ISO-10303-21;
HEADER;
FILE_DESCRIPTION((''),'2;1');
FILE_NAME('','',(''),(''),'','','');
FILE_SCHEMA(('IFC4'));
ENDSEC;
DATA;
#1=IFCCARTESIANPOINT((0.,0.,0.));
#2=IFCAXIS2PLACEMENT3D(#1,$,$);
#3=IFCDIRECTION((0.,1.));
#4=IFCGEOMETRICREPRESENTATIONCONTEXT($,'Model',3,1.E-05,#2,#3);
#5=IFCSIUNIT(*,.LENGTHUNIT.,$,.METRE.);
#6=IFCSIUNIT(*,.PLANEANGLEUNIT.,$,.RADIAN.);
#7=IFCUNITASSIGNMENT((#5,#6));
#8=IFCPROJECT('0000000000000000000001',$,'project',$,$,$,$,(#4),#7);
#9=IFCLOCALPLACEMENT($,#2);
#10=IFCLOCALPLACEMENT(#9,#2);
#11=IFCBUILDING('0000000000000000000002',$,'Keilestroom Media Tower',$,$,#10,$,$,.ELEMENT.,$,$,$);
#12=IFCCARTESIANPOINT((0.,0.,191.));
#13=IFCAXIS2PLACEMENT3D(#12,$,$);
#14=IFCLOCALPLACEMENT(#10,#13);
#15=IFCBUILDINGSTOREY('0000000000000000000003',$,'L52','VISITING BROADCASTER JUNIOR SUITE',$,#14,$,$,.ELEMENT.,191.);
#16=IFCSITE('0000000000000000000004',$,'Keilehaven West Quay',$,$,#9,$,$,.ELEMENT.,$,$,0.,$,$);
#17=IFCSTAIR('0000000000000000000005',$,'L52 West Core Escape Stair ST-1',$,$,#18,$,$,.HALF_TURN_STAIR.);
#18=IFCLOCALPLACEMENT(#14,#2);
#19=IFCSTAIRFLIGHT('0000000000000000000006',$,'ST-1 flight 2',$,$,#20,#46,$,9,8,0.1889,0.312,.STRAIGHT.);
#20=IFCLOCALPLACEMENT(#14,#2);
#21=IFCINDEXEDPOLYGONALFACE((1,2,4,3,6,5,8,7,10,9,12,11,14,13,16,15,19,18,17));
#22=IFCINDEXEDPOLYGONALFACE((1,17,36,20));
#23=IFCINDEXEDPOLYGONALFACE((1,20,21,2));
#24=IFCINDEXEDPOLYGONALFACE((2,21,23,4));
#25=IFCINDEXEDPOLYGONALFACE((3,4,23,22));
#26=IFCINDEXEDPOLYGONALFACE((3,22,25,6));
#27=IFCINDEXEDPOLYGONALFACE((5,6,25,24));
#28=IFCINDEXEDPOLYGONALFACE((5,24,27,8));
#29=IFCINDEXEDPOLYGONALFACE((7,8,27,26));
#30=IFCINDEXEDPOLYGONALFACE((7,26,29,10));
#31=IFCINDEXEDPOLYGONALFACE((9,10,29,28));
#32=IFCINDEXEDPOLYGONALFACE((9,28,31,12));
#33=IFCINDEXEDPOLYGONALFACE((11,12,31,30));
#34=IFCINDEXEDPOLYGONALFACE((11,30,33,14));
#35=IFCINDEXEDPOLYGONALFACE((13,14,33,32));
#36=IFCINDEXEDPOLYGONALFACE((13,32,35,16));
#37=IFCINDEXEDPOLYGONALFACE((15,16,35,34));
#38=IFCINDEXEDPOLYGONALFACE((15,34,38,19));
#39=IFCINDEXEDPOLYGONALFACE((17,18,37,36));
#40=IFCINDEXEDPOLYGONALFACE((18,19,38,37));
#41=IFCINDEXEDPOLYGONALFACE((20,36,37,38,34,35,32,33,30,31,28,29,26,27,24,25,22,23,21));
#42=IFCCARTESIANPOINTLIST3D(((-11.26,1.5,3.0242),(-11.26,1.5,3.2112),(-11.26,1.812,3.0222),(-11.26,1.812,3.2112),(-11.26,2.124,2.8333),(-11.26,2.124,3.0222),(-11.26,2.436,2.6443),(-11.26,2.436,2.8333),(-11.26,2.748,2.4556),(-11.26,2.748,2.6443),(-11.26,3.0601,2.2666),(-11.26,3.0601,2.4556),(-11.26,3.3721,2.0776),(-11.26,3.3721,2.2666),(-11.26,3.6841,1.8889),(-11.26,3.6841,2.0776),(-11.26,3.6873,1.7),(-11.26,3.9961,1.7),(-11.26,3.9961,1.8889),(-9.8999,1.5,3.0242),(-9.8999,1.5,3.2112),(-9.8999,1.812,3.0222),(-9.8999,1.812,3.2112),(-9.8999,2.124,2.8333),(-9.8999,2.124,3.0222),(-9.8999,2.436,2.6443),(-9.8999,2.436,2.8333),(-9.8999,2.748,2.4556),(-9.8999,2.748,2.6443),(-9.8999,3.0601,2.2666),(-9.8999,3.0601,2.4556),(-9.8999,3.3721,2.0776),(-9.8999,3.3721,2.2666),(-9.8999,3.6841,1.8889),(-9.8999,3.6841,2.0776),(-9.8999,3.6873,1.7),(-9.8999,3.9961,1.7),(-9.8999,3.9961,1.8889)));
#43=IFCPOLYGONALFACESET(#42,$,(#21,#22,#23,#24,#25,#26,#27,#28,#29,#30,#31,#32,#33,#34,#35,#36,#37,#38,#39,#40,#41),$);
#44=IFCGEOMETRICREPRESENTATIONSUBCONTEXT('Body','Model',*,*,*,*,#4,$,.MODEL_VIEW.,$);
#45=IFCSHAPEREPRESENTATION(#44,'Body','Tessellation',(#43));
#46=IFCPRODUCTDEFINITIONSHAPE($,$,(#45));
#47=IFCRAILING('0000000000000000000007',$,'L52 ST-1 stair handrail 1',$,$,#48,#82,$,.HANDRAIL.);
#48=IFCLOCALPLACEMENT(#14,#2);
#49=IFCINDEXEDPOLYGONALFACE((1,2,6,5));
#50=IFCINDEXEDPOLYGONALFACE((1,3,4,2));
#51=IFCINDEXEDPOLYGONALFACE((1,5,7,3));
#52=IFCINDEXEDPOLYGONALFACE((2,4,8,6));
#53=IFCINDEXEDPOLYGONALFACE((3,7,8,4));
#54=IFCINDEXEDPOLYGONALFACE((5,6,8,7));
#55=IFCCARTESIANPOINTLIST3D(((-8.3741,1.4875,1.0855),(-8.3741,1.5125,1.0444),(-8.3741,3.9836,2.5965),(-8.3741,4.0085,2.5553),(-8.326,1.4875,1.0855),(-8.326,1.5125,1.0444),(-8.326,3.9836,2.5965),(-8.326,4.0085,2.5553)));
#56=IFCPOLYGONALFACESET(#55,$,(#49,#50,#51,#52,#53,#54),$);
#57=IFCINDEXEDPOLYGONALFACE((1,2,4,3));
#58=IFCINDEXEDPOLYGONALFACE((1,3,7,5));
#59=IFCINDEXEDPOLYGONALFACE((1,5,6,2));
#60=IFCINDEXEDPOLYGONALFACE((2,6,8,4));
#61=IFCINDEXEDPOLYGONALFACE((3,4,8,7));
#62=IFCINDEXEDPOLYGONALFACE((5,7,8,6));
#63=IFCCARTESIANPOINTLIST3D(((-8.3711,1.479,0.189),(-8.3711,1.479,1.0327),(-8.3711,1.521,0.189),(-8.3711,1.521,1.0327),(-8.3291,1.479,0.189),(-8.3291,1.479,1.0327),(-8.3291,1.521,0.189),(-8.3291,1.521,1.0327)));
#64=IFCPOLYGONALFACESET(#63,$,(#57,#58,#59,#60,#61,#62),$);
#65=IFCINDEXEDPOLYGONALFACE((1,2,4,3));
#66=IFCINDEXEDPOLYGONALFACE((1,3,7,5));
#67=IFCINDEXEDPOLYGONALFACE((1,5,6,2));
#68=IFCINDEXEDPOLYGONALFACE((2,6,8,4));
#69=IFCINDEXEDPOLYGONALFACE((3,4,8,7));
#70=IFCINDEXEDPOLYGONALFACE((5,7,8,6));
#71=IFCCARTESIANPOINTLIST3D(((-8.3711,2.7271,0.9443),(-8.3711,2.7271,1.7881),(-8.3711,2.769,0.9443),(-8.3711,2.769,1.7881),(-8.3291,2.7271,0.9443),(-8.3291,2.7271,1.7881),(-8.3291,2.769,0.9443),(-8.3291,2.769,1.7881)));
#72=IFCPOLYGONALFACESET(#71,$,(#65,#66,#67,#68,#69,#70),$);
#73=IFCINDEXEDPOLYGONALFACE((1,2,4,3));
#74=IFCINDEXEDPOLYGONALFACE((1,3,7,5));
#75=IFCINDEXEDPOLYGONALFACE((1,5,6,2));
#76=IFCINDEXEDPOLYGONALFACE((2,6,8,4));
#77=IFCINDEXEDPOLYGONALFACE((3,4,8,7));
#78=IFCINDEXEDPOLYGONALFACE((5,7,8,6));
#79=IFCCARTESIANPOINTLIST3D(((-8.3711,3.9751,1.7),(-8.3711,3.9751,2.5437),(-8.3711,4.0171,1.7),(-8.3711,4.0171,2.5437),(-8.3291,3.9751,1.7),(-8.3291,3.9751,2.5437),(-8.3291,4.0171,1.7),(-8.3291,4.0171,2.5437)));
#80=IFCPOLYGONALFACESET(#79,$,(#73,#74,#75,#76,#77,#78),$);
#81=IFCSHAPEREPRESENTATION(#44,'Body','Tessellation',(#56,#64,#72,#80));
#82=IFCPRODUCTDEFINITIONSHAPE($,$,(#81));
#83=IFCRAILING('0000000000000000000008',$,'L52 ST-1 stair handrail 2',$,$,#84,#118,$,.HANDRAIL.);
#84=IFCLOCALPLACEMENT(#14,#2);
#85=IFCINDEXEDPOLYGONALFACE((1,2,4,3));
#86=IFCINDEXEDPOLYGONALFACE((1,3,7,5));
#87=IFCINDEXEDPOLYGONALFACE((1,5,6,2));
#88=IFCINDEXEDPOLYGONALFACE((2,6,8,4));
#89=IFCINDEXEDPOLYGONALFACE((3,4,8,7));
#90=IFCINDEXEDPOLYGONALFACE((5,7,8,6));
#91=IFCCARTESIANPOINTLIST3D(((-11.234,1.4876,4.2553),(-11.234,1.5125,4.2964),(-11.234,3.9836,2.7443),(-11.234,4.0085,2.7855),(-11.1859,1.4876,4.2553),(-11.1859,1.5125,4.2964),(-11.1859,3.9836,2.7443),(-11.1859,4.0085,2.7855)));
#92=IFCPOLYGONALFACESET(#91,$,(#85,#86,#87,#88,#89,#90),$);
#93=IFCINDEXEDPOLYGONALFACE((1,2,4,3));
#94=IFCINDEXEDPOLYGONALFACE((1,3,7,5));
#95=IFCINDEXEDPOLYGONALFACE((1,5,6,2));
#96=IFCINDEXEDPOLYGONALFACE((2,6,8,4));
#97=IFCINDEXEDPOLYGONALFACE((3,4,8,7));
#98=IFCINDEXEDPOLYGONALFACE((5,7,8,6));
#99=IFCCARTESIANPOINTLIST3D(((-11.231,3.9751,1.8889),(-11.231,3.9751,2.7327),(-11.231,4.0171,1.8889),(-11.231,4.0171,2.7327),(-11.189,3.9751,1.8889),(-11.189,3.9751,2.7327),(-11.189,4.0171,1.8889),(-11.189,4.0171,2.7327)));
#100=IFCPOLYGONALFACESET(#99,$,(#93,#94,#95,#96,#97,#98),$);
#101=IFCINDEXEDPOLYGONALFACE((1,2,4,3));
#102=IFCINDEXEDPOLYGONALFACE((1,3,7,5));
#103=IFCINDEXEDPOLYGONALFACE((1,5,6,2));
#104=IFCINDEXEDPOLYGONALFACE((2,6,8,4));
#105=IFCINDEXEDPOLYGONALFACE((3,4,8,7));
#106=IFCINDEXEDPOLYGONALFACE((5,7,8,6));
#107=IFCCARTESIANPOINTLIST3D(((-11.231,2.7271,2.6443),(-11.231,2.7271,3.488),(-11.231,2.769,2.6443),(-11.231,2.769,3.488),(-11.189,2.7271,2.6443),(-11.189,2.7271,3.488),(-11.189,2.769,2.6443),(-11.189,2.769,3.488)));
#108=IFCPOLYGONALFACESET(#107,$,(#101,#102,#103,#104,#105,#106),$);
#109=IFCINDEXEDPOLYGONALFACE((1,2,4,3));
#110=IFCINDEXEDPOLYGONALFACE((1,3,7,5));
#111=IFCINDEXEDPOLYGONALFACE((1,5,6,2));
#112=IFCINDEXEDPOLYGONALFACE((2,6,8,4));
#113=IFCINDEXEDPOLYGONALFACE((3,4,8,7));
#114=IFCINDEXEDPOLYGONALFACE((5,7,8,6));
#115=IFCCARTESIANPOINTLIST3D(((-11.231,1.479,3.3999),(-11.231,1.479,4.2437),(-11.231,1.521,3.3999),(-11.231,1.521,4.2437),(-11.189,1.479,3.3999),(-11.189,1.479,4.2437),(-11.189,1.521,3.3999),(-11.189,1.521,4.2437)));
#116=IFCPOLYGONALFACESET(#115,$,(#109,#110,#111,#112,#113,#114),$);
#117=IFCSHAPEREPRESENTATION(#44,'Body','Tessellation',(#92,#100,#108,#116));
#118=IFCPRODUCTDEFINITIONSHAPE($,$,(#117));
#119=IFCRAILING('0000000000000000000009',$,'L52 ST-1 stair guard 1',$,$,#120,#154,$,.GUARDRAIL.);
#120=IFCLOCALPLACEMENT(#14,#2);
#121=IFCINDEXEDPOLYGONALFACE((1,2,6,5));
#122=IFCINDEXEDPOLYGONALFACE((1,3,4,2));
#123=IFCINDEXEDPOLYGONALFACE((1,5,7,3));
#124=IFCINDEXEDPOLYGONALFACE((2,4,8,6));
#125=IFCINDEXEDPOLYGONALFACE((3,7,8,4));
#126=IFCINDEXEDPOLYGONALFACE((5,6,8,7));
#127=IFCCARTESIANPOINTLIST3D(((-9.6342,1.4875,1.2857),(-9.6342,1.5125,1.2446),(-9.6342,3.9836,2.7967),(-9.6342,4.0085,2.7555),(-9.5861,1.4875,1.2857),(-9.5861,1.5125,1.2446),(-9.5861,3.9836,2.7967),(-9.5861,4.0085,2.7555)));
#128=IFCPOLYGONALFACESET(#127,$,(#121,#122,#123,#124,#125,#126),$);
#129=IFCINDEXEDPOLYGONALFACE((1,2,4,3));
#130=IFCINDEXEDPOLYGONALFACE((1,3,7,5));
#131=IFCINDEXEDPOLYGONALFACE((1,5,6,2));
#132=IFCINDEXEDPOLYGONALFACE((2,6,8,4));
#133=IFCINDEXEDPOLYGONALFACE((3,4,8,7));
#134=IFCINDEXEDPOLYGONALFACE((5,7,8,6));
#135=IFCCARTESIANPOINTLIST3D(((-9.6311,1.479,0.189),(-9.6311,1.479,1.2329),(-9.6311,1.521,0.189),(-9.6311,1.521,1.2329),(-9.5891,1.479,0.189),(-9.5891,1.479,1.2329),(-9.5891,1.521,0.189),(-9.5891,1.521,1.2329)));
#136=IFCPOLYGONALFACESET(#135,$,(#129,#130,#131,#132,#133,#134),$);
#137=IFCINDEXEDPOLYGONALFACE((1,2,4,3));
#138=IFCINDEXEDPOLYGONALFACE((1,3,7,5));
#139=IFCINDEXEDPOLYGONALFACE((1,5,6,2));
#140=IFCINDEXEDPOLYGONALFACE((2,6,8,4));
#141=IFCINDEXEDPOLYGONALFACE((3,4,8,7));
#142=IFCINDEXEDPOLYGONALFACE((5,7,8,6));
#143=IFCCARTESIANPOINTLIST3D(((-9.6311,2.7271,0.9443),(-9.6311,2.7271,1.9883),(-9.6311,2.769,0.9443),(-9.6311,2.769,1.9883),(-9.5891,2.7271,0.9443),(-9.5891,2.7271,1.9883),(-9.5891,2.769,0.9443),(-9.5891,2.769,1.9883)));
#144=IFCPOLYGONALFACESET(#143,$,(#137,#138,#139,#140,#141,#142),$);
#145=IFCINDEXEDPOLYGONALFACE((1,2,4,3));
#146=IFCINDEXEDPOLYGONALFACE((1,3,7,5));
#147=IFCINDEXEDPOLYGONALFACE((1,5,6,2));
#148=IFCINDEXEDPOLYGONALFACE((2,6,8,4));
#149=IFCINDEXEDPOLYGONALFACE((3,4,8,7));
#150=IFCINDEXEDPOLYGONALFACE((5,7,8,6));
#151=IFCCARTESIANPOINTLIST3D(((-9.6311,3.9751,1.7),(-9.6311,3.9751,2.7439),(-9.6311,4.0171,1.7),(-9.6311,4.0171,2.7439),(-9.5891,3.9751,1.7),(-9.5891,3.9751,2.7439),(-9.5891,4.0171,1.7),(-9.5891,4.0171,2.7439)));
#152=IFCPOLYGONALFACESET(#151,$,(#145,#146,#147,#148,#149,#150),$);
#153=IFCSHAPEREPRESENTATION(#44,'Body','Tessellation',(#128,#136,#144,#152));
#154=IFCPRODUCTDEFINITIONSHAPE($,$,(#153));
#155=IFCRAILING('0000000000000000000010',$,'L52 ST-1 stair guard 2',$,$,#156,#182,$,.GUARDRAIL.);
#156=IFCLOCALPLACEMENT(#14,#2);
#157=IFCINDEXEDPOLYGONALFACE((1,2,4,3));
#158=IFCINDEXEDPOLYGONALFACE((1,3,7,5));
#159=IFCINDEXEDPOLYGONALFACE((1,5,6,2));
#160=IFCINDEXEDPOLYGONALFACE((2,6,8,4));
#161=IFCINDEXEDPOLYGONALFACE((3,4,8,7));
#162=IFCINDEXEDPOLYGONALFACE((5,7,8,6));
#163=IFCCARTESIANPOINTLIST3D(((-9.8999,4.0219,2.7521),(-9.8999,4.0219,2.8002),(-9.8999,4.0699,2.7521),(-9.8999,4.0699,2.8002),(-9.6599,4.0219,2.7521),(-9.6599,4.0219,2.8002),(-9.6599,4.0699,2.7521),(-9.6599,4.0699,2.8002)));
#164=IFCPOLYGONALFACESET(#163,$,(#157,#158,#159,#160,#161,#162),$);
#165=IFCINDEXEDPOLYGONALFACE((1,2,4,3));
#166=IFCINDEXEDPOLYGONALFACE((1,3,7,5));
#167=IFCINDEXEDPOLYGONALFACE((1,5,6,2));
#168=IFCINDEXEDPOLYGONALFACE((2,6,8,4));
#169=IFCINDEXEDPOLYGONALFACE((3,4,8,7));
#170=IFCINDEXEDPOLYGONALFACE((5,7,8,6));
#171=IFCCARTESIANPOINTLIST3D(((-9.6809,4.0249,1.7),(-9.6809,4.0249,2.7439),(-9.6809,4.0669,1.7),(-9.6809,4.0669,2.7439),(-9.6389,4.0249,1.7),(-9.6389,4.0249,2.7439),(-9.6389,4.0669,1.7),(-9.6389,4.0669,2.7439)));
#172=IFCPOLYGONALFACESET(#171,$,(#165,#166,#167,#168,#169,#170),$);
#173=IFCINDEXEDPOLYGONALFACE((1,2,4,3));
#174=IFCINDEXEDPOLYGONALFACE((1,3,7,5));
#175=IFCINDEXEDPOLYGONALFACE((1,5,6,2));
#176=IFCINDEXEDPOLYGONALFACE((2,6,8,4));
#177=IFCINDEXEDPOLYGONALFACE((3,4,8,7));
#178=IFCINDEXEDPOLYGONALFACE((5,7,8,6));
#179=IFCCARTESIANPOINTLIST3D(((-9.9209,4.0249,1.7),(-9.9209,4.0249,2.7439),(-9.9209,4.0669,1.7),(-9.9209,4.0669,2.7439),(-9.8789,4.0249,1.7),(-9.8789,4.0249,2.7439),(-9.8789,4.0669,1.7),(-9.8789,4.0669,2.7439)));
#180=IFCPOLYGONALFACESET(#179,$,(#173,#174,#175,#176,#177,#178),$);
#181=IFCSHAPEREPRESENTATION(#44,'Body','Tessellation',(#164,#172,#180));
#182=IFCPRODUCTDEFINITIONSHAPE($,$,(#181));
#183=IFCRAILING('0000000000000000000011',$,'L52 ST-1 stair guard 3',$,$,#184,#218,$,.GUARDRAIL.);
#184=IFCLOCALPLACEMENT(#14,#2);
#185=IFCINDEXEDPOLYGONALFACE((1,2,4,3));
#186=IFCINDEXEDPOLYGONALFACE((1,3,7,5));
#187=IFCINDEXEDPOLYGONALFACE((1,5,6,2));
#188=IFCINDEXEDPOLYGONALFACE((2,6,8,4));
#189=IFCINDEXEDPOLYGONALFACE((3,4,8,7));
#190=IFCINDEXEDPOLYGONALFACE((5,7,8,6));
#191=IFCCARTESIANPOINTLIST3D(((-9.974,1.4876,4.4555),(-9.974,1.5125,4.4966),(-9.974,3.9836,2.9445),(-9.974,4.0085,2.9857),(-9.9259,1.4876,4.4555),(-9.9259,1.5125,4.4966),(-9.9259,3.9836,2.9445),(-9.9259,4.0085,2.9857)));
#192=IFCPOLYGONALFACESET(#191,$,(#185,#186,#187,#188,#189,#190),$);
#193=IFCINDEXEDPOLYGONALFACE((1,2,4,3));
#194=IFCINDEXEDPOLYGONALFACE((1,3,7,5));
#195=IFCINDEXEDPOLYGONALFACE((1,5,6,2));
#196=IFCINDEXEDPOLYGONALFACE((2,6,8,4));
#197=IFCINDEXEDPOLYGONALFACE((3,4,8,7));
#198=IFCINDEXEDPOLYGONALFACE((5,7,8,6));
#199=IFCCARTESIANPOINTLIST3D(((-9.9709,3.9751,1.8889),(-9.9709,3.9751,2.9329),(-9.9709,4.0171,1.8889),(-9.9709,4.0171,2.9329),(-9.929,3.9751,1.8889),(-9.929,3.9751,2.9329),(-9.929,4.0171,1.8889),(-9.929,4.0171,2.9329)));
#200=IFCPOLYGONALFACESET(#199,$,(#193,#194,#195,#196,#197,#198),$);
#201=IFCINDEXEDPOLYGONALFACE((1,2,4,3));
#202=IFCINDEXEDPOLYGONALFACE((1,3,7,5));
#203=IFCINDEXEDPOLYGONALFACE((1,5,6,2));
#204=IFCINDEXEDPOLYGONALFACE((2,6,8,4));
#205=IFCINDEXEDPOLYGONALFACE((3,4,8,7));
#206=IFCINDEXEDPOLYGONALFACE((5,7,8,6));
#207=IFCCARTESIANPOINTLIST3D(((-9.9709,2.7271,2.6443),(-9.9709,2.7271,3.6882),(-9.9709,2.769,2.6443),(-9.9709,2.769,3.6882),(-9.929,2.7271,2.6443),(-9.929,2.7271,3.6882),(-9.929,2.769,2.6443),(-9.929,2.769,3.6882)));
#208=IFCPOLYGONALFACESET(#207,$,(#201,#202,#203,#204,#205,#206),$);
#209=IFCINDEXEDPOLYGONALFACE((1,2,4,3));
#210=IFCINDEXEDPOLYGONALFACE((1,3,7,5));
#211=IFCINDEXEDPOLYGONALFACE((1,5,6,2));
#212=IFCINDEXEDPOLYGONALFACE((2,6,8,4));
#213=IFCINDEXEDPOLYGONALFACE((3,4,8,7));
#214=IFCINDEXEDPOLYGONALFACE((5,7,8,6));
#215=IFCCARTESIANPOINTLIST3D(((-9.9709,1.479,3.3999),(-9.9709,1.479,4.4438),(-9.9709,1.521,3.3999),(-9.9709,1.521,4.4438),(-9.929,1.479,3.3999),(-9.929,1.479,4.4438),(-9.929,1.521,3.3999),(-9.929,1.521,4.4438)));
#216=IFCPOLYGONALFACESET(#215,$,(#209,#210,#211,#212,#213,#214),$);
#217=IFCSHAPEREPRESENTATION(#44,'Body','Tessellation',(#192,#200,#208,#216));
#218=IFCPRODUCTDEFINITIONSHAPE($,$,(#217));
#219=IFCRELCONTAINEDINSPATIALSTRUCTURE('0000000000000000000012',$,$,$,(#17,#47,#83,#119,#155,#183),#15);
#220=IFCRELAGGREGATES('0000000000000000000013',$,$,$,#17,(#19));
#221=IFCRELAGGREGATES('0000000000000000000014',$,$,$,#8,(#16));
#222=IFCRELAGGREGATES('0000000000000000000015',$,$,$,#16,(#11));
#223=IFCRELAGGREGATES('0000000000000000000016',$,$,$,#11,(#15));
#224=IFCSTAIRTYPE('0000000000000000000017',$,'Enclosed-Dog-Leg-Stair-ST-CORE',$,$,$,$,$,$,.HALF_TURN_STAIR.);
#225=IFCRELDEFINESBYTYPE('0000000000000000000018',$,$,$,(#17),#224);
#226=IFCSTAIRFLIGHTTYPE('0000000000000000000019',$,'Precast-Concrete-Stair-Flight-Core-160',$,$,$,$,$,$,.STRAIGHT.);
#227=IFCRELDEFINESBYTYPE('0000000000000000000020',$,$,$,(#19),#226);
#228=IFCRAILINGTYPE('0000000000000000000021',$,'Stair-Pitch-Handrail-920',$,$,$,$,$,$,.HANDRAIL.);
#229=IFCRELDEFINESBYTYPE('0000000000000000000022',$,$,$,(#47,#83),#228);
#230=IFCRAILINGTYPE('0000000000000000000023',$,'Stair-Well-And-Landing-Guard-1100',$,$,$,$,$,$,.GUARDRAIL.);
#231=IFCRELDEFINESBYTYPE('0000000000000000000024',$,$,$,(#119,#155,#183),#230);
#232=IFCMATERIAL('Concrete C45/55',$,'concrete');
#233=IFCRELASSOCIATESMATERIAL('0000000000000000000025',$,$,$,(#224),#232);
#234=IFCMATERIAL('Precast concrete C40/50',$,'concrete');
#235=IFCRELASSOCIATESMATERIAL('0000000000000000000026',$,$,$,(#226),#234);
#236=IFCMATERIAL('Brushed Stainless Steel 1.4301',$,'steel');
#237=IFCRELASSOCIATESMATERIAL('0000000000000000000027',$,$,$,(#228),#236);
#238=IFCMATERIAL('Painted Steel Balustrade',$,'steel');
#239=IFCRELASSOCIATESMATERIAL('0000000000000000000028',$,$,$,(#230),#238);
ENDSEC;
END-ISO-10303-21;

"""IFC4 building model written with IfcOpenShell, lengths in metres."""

from ifc_helpers import new_model, si_unit, direction, frame, origin, origin_2d, place, context, subcontext, project, spatial, polyline, rectangle, outline, extrude, material, type_object, element, aggregate, save


model = new_model("IFC4")

# Units and contexts
model_context = context("Model", 3, precision=1e-05, world=origin(), true_north=direction((0.0, 1.0)))
body_context = subcontext(model_context, "Body", "Model", "MODEL_VIEW")
ifc_project = project(units=[si_unit("LENGTHUNIT", "METRE"), si_unit("PLANEANGLEUNIT", "RADIAN")], contexts=[model_context])

# Site, building, storey
site_placement = place(None, origin())
site = spatial("IfcSite", under=ifc_project, at=site_placement, Name="Keilehaven West Quay", CompositionType="ELEMENT", RefElevation=0.0)
building_placement = place(site_placement, origin())
building = spatial("IfcBuilding", under=site, at=building_placement, Name="Keilestroom Media Tower", CompositionType="ELEMENT")
storey_placement = place(building_placement, frame((0.0, 0.0, 191.0)))
storey = spatial("IfcBuildingStorey", under=building, at=storey_placement, Name="L52", Description="VISITING BROADCASTER JUNIOR SUITE", CompositionType="ELEMENT", Elevation=191.0)

# Shared definitions
ifc_material_1 = material(Name="Precast concrete C40/50", Category="concrete")

# Stair, stair flight
ifc_material_2 = material(Name="Concrete C45/55", Category="concrete")
stair_type = type_object("IfcStairType", Name="Enclosed-Dog-Leg-Stair-ST-CORE", PredefinedType="HALF_TURN_STAIR", material=ifc_material_2)
stair_placement = place(storey_placement, origin())
stair = element("IfcStair", 1, at=stair_placement, inside=storey, type_object=stair_type, Name="L52 West Core Escape Stair ST-1", PredefinedType="HALF_TURN_STAIR")
stair_flight_type = type_object("IfcStairFlightType", Name="Precast-Concrete-Stair-Flight-Core-160", PredefinedType="STRAIGHT", material=ifc_material_1)
stair_flight_1_placement = place(storey_placement, frame((-10.5801, 3.9961, 1.7), z_axis=(0.0, 0.0, 1.0), x_axis=(0.0, -1.0, 0.0)))
stair_flight_1 = element("IfcStairFlight", 2, at=stair_flight_1_placement, type_object=stair_flight_type, Name="ST-1 flight 2", NumberOfRisers=9, NumberOfTreads=8, PredefinedType="STRAIGHT", RiserHeight=0.1889, TreadLength=0.312, context=body_context, shape_type="SweptSolid", body=[
    extrude(outline(polyline([(0.0, 0.0), (0.0, 0.189), (0.312, 0.189), (0.312, 0.3777), (0.624, 0.3777), (0.624, 0.5667), (0.936, 0.5667), (0.936, 0.7556), (1.248, 0.7556), (1.248, 0.9443), (1.5601, 0.9443), (1.5601, 1.1333), (1.8721, 1.1333), (1.8721, 1.3223), (2.1841, 1.3223), (2.1841, 1.5112), (2.4961, 1.5112), (2.4961, 1.7), (2.4961, 1.3242), (0.3088, 0.0), (0.0, 0.0)])), frame((0.0, 0.6802, 0.0), z_axis=(0.0, -1.0, 0.0), x_axis=(1.0, 0.0, 0.0)), (0.0, 0.0, 1.0), 1.3601),
])
aggregate(stair, [stair_flight_1])

# Railings
ifc_material_3 = material(Name="Brushed Stainless Steel 1.4301", Category="steel")
railing_type_1 = type_object("IfcRailingType", Name="Stair-Pitch-Handrail-920", PredefinedType="HANDRAIL", material=ifc_material_3)
railing_1_placement = place(storey_placement, frame((-8.3501, 1.5, 0.189)))
element("IfcRailing", 3, at=railing_1_placement, inside=storey, type_object=railing_type_1, Name="L52 ST-1 stair handrail 1", PredefinedType="HANDRAIL", context=body_context, shape_type="SweptSolid", body=[
    extrude(rectangle(XDim=0.0481, YDim=0.0481, at=origin_2d()), frame((0.0, 0.0, 0.876), z_axis=(0.0, 0.855471, 0.517851), x_axis=(-1.0, 0.0, 0.0)), (0.0, 0.0, 1.0), 2.9177),
    extrude(rectangle(XDim=0.042, YDim=0.042, at=origin_2d()), origin(), (0.0, 0.0, 1.0), 0.8438),
    extrude(rectangle(XDim=0.042, YDim=0.042, at=origin_2d()), frame((0.0, 1.248, 0.7554)), (0.0, 0.0, 1.0), 0.8438),
    extrude(rectangle(XDim=0.042, YDim=0.042, at=origin_2d()), frame((0.0, 2.4961, 1.511)), (0.0, 0.0, 1.0), 0.8438),
])
railing_2_placement = place(storey_placement, frame((-11.21, 3.9961, 1.8889)))
element("IfcRailing", 4, at=railing_2_placement, inside=storey, type_object=railing_type_1, Name="L52 ST-1 stair handrail 2", PredefinedType="HANDRAIL", context=body_context, shape_type="SweptSolid", body=[
    extrude(rectangle(XDim=0.0481, YDim=0.0481, at=origin_2d()), frame((0.0, 0.0, 0.876), z_axis=(0.0, -0.855471, 0.517851), x_axis=(1.0, 0.0, 0.0)), (0.0, 0.0, 1.0), 2.9177),
    extrude(rectangle(XDim=0.042, YDim=0.042, at=origin_2d()), origin(), (0.0, 0.0, 1.0), 0.8438),
    extrude(rectangle(XDim=0.042, YDim=0.042, at=origin_2d()), frame((0.0, -1.248, 0.7554)), (0.0, 0.0, 1.0), 0.8438),
    extrude(rectangle(XDim=0.042, YDim=0.042, at=origin_2d()), frame((0.0, -2.4961, 1.511)), (0.0, 0.0, 1.0), 0.8438),
])
ifc_material_4 = material(Name="Painted Steel Balustrade", Category="steel")
railing_type_2 = type_object("IfcRailingType", Name="Stair-Well-And-Landing-Guard-1100", PredefinedType="GUARDRAIL", material=ifc_material_4)
railing_3_placement = place(storey_placement, frame((-9.6101, 1.5, 0.189)))
element("IfcRailing", 5, at=railing_3_placement, inside=storey, type_object=railing_type_2, Name="L52 ST-1 stair guard 1", PredefinedType="GUARDRAIL", context=body_context, shape_type="SweptSolid", body=[
    extrude(rectangle(XDim=0.0481, YDim=0.0481, at=origin_2d()), frame((0.0, 0.0, 1.0762), z_axis=(0.0, 0.855471, 0.517851), x_axis=(-1.0, 0.0, 0.0)), (0.0, 0.0, 1.0), 2.9177),
    extrude(rectangle(XDim=0.042, YDim=0.042, at=origin_2d()), origin(), (0.0, 0.0, 1.0), 1.0439),
    extrude(rectangle(XDim=0.042, YDim=0.042, at=origin_2d()), frame((0.0, 1.248, 0.7554)), (0.0, 0.0, 1.0), 1.0439),
    extrude(rectangle(XDim=0.042, YDim=0.042, at=origin_2d()), frame((0.0, 2.4961, 1.511)), (0.0, 0.0, 1.0), 1.0439),
])
railing_4_placement = place(storey_placement, frame((-9.6599, 4.0459, 1.7)))
element("IfcRailing", 6, at=railing_4_placement, inside=storey, type_object=railing_type_2, Name="L52 ST-1 stair guard 2", PredefinedType="GUARDRAIL", context=body_context, shape_type="SweptSolid", body=[
    extrude(rectangle(XDim=0.0481, YDim=0.0481, at=origin_2d()), frame((0.0, 0.0, 1.0762), z_axis=(-1.0, 0.0, 0.0), x_axis=(0.0, -1.0, 0.0)), (0.0, 0.0, 1.0), 0.24),
    extrude(rectangle(XDim=0.042, YDim=0.042, at=origin_2d()), origin(), (0.0, 0.0, 1.0), 1.0439),
    extrude(rectangle(XDim=0.042, YDim=0.042, at=origin_2d()), frame((-0.24, 0.0, 0.0)), (0.0, 0.0, 1.0), 1.0439),
])
railing_5_placement = place(storey_placement, frame((-9.95, 3.9961, 1.8889)))
element("IfcRailing", 7, at=railing_5_placement, inside=storey, type_object=railing_type_2, Name="L52 ST-1 stair guard 3", PredefinedType="GUARDRAIL", context=body_context, shape_type="SweptSolid", body=[
    extrude(rectangle(XDim=0.0481, YDim=0.0481, at=origin_2d()), frame((0.0, 0.0, 1.0762), z_axis=(0.0, -0.855471, 0.517851), x_axis=(1.0, 0.0, 0.0)), (0.0, 0.0, 1.0), 2.9177),
    extrude(rectangle(XDim=0.042, YDim=0.042, at=origin_2d()), origin(), (0.0, 0.0, 1.0), 1.0439),
    extrude(rectangle(XDim=0.042, YDim=0.042, at=origin_2d()), frame((0.0, -1.248, 0.7554)), (0.0, 0.0, 1.0), 1.0439),
    extrude(rectangle(XDim=0.042, YDim=0.042, at=origin_2d()), frame((0.0, -2.4961, 1.511)), (0.0, 0.0, 1.0), 1.0439),
])

save(model, "model.ifc")
